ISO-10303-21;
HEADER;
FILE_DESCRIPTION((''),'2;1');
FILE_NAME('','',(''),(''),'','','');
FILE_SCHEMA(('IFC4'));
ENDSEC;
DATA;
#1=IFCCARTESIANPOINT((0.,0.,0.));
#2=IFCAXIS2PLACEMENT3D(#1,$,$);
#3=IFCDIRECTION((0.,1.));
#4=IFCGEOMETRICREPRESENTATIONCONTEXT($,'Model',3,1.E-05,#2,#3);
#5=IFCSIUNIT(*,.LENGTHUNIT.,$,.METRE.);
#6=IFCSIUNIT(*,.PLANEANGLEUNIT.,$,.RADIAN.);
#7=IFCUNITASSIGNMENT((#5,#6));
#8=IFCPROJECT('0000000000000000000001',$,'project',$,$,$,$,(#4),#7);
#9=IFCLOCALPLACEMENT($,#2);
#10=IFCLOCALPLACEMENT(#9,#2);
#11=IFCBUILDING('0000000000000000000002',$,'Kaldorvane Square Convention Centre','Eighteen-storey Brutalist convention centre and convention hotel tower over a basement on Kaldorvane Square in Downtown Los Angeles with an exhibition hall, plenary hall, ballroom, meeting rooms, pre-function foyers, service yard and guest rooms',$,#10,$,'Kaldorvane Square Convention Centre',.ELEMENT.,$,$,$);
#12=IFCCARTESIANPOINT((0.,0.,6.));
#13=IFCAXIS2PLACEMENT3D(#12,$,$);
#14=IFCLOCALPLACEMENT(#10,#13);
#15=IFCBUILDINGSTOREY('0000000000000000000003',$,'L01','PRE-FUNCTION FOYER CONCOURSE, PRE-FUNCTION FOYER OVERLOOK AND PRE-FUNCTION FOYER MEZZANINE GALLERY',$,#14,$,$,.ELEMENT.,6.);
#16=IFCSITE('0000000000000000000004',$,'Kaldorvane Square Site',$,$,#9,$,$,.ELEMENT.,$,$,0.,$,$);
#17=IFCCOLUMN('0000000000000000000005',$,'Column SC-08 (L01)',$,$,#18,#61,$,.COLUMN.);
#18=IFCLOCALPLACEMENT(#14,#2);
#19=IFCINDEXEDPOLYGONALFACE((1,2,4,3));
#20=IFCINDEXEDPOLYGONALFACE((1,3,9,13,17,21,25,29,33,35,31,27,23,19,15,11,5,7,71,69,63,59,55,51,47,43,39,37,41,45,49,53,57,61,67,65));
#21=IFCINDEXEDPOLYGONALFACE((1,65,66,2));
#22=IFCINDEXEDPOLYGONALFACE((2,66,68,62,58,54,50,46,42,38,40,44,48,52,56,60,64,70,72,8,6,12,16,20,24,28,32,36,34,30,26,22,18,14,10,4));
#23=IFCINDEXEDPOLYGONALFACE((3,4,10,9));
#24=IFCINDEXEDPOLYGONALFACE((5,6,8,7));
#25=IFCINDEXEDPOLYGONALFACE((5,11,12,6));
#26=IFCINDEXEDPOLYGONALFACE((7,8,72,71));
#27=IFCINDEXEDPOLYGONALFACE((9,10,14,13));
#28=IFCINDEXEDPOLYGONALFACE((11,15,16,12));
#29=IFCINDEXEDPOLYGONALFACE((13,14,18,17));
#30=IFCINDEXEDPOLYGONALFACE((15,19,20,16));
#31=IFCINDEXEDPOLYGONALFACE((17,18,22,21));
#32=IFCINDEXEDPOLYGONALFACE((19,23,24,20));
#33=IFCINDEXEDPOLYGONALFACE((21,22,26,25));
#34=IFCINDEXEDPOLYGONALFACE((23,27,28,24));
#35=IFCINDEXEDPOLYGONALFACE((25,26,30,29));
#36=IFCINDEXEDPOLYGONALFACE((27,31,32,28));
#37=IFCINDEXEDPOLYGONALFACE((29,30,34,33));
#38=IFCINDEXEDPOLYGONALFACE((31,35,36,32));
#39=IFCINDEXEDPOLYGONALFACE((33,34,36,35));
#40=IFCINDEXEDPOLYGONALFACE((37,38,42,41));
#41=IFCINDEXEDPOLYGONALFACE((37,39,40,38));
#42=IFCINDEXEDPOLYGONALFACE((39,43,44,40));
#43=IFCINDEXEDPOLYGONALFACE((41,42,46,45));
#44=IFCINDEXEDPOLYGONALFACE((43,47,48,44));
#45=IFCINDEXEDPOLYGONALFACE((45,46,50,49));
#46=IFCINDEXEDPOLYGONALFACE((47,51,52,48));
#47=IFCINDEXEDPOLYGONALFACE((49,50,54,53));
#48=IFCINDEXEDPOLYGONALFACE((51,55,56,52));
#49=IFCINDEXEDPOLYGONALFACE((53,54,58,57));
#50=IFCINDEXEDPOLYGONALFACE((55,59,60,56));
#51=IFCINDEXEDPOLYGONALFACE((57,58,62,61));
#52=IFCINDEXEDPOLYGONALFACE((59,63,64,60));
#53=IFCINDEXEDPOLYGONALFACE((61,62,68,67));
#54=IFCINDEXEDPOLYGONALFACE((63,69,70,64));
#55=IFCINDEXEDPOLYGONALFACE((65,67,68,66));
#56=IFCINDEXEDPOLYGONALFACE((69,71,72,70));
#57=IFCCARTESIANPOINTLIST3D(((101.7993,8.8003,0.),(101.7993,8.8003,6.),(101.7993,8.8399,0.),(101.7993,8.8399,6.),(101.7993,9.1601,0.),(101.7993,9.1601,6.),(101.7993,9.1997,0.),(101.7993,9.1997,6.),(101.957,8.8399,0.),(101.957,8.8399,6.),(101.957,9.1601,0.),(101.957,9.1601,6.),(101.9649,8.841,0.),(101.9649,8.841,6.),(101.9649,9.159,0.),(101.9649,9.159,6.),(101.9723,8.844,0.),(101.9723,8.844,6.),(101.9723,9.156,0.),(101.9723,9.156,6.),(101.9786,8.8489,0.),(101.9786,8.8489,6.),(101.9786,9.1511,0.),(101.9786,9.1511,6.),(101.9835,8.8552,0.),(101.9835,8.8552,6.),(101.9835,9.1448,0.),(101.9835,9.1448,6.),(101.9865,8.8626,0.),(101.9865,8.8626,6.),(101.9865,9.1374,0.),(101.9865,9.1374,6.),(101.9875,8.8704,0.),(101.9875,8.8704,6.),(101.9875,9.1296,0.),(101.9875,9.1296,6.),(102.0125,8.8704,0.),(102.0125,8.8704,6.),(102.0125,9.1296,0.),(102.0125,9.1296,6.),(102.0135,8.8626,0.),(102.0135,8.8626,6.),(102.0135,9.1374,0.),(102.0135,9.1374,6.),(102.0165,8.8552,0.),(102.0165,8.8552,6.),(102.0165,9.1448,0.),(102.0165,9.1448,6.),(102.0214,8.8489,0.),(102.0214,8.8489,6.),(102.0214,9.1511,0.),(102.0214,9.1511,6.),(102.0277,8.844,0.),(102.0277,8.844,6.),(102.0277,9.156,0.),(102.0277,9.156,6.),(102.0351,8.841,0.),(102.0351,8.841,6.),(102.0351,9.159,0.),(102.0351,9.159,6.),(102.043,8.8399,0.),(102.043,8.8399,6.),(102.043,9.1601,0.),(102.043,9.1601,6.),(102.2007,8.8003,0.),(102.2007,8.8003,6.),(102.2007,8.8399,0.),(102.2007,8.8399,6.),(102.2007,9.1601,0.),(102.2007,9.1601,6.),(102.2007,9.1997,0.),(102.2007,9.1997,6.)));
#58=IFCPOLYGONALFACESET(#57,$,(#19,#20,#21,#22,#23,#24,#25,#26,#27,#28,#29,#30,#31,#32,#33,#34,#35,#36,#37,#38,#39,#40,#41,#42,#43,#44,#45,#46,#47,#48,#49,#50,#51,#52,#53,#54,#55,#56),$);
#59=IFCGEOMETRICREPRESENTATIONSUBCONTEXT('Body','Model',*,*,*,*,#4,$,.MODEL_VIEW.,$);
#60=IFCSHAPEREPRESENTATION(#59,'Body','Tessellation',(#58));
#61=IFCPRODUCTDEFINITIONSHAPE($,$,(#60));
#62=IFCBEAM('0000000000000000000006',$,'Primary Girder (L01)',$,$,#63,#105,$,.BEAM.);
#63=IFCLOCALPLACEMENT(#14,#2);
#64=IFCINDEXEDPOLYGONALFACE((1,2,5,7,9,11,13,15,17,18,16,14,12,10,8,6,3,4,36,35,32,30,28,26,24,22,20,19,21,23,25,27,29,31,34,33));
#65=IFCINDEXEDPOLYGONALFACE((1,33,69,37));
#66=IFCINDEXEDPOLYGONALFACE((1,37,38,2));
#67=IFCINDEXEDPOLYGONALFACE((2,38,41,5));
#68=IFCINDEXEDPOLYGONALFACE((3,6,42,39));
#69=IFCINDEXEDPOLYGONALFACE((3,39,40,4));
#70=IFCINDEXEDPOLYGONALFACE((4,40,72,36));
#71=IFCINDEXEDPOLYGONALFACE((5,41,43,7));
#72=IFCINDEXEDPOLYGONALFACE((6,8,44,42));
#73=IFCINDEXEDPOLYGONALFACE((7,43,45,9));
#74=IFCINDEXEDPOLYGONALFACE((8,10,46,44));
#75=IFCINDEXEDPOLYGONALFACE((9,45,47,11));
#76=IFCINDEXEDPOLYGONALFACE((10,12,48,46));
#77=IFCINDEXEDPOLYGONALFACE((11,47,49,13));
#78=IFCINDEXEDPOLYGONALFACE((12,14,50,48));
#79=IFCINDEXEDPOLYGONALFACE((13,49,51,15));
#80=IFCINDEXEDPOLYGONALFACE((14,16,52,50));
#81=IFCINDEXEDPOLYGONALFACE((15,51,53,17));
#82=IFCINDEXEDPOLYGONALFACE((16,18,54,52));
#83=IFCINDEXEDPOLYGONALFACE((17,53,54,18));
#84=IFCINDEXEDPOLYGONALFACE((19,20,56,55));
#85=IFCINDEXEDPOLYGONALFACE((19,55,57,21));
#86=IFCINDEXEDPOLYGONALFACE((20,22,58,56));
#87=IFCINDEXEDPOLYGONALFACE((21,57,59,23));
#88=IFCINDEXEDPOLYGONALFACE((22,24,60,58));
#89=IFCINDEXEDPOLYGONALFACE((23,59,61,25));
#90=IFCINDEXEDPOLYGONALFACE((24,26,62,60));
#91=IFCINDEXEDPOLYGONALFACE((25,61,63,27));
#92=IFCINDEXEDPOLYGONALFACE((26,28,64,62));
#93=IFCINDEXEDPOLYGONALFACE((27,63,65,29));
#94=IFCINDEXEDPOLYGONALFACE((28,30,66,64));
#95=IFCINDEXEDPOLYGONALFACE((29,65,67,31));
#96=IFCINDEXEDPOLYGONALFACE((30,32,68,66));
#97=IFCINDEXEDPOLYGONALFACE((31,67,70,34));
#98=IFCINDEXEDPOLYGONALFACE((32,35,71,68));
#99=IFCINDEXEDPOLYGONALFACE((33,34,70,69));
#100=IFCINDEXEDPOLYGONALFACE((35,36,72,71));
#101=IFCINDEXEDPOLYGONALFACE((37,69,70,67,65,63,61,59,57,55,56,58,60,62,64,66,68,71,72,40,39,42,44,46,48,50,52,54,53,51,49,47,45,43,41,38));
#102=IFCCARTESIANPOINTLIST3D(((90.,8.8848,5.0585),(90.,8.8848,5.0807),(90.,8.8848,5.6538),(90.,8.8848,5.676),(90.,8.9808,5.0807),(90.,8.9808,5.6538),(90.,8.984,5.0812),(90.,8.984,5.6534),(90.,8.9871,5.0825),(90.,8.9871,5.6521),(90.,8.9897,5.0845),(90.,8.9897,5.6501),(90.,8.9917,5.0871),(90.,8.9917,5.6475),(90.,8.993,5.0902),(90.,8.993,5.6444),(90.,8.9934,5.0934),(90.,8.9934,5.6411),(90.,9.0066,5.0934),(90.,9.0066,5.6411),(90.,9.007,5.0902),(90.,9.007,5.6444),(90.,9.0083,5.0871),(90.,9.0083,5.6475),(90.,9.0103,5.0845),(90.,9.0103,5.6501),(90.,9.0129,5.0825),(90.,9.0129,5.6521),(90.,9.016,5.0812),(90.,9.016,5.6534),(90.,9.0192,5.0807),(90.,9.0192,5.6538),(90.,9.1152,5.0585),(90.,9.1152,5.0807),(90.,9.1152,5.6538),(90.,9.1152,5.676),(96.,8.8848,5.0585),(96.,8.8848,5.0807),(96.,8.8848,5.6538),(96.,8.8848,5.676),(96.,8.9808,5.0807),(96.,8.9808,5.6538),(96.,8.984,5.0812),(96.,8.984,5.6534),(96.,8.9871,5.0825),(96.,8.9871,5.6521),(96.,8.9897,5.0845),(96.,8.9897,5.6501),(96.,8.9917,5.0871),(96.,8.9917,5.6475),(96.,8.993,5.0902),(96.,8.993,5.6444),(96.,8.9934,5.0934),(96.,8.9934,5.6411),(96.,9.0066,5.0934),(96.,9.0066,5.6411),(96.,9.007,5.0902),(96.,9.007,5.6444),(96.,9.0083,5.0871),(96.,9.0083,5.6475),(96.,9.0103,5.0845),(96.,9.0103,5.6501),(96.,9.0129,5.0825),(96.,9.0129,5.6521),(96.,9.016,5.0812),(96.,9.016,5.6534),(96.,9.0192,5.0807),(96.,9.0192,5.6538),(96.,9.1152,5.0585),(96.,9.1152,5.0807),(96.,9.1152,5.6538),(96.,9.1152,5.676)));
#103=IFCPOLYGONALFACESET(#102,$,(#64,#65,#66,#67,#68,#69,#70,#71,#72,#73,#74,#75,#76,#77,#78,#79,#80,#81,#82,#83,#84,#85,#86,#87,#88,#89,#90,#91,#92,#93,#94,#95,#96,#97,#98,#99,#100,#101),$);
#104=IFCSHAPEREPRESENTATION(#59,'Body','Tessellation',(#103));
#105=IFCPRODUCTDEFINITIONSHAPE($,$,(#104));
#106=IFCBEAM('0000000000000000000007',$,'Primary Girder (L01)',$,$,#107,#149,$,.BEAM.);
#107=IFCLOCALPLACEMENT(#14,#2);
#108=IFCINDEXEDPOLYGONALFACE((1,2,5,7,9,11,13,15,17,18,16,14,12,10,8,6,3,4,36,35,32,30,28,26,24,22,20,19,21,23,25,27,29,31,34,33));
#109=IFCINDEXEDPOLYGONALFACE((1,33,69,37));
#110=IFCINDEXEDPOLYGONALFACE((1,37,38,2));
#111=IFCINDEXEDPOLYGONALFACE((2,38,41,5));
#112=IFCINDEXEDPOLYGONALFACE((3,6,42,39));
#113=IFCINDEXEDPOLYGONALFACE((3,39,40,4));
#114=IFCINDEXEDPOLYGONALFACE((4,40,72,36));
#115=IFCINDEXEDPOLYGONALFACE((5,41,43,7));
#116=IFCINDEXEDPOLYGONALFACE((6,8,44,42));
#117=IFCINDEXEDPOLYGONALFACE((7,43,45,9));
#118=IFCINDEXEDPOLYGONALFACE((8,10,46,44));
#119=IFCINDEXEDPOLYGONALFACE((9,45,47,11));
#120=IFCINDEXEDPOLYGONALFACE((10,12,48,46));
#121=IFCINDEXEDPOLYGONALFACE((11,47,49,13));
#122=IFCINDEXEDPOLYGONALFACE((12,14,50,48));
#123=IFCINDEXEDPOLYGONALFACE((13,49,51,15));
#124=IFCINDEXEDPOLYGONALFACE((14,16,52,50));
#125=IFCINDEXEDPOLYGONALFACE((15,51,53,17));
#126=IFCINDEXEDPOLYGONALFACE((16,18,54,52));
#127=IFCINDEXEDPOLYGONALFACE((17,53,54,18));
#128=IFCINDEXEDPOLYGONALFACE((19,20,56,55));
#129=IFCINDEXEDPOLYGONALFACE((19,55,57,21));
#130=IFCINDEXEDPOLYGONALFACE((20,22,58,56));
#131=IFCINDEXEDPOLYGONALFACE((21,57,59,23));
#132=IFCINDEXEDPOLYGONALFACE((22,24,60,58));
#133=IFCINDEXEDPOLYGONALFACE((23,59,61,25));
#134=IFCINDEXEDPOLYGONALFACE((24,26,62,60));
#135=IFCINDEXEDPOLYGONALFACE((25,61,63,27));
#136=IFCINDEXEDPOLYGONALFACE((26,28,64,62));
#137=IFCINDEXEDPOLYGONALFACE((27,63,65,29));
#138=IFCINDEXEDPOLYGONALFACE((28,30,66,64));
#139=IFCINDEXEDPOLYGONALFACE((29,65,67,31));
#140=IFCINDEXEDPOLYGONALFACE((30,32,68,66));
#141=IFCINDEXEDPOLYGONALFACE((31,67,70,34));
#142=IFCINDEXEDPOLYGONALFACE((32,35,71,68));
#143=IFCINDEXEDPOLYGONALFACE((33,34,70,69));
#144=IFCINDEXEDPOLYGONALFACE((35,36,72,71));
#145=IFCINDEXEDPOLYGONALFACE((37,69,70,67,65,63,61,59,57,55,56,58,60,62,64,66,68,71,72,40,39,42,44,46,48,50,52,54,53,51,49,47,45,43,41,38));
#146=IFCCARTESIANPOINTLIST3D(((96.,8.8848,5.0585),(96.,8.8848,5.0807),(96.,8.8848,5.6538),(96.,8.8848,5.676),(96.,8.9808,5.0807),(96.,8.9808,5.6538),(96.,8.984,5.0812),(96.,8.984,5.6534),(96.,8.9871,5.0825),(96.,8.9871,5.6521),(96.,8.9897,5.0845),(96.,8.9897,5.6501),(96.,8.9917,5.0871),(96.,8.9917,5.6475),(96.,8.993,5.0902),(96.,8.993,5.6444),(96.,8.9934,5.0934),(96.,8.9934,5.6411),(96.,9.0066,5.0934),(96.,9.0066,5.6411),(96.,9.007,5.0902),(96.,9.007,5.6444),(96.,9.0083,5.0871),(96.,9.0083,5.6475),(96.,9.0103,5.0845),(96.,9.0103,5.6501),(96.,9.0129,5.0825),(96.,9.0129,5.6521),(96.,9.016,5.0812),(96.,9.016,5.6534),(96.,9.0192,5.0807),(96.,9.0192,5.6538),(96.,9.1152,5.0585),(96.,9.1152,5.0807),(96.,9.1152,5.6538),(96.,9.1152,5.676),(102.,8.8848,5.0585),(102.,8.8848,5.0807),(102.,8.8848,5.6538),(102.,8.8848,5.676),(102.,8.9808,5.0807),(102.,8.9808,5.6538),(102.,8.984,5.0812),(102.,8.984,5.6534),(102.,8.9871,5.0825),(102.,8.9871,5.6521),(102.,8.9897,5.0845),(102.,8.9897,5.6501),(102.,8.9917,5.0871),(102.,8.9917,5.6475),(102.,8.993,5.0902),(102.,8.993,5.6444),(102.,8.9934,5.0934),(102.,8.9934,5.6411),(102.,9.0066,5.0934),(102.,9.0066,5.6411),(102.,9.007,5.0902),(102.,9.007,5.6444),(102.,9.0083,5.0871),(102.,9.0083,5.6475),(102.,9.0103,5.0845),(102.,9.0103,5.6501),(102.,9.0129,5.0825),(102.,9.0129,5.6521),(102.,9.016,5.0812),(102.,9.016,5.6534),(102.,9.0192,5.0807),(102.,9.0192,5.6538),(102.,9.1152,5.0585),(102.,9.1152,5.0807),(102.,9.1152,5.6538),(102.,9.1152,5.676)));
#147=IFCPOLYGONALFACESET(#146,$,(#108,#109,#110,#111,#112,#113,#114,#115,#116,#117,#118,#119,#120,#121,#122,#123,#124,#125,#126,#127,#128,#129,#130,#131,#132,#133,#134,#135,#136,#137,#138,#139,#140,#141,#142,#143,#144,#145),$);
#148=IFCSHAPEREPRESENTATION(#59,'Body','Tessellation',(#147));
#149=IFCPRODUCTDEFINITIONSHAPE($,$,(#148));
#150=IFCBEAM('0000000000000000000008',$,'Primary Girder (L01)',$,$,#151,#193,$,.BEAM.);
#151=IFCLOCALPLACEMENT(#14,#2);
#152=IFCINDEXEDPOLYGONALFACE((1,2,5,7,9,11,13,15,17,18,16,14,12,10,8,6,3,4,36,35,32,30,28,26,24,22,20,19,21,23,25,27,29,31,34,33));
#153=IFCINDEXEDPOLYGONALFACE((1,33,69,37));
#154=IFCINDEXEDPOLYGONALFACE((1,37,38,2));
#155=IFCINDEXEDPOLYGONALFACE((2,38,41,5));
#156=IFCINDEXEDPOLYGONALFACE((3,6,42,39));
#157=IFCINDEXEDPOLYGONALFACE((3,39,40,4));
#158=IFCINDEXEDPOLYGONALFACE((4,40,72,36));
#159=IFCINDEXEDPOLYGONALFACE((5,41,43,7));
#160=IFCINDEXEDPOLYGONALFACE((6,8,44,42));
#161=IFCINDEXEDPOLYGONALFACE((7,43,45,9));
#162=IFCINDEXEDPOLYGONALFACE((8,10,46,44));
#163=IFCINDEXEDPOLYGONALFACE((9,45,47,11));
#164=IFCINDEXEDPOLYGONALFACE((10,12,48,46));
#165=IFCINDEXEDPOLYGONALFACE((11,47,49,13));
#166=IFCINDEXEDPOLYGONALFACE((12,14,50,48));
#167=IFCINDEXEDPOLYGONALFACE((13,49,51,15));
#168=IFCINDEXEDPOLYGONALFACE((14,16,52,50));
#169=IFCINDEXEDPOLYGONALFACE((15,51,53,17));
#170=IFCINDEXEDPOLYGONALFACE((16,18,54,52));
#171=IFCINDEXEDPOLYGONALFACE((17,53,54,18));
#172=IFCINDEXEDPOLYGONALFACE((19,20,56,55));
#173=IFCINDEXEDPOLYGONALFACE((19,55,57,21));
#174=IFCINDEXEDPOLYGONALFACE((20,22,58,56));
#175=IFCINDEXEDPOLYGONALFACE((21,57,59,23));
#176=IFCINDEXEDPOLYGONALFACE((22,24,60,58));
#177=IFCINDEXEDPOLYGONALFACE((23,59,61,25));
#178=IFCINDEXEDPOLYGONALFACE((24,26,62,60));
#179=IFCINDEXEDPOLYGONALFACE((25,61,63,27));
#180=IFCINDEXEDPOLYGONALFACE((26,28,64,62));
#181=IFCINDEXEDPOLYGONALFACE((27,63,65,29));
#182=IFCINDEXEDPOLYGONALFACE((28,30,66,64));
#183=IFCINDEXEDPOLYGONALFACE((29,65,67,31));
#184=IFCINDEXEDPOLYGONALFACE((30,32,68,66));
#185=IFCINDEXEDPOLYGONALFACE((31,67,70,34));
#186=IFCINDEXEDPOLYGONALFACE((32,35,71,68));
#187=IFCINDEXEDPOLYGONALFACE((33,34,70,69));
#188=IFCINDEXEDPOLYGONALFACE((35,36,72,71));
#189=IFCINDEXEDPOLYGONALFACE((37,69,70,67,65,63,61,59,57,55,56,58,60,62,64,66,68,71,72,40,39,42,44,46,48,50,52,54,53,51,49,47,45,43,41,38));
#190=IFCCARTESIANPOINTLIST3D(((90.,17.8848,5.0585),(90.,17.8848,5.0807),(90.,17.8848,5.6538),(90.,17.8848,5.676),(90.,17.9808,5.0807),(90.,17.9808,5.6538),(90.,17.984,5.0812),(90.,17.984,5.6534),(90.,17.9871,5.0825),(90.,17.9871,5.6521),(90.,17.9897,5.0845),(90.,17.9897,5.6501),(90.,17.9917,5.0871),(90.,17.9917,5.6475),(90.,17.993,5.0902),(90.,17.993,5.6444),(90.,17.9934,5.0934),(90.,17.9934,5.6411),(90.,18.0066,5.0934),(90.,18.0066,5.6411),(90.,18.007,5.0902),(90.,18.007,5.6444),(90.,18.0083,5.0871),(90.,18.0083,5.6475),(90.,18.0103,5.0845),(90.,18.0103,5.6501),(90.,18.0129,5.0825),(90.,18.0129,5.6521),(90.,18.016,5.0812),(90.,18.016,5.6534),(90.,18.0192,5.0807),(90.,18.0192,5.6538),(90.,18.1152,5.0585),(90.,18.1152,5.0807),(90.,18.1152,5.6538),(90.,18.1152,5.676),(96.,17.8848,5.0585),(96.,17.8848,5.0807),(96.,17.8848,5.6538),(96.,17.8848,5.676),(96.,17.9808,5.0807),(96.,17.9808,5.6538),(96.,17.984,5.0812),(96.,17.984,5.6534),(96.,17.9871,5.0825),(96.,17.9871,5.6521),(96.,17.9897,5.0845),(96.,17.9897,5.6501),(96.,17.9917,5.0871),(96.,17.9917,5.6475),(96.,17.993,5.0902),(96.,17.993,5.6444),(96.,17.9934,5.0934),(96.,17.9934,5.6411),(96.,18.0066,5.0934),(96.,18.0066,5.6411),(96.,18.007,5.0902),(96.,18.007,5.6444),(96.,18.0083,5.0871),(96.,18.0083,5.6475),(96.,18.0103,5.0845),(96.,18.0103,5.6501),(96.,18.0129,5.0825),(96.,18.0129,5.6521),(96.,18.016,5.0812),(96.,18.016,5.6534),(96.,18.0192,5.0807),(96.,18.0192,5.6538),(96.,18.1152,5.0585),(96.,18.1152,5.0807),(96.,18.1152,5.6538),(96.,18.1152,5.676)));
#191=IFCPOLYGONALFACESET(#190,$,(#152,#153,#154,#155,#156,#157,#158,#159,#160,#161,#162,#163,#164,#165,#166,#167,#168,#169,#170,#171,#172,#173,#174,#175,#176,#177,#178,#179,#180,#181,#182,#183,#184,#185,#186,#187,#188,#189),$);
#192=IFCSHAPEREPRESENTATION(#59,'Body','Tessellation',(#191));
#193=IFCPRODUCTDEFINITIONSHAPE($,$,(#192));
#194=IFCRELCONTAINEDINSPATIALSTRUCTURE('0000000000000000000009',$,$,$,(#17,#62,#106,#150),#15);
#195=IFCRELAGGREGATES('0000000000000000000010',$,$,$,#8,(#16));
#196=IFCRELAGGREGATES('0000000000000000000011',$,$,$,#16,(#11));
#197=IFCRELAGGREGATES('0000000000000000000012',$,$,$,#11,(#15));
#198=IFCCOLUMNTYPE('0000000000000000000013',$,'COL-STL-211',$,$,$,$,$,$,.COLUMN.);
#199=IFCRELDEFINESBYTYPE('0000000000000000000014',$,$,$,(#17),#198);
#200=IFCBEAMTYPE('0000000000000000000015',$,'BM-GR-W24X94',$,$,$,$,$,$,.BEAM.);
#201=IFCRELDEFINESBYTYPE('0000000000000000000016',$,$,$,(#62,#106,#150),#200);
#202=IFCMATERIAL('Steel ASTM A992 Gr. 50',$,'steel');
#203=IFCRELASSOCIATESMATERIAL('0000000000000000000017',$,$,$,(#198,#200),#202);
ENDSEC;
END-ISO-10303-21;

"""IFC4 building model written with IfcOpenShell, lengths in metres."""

from ifc_helpers import new_model, si_unit, direction, frame, origin, origin_2d, place, context, subcontext, project, spatial, i_section, extrude, material, material_profile, profile_set, type_object, element, save


model = new_model("IFC4")

# Units and contexts
model_context = context("Model", 3, precision=1e-05, world=origin(), true_north=direction((0.0, 1.0)))
body_context = subcontext(model_context, "Body", "Model", "MODEL_VIEW")
ifc_project = project(units=[si_unit("LENGTHUNIT", "METRE"), si_unit("PLANEANGLEUNIT", "RADIAN")], contexts=[model_context])

# Site, building, storey
site_placement = place(None, origin())
site = spatial("IfcSite", under=ifc_project, at=site_placement, Name="Kaldorvane Square Site", CompositionType="ELEMENT", RefElevation=0.0)
building_placement = place(site_placement, origin())
building = spatial("IfcBuilding", under=site, at=building_placement, Name="Kaldorvane Square Convention Centre", Description="Eighteen-storey Brutalist convention centre and convention hotel tower over a basement on Kaldorvane Square in Downtown Los Angeles with an exhibition hall, plenary hall, ballroom, meeting rooms, pre-function foyers, service yard and guest rooms", LongName="Kaldorvane Square Convention Centre", CompositionType="ELEMENT")
storey_placement = place(building_placement, frame((0.0, 0.0, 6.0)))
storey = spatial("IfcBuildingStorey", under=building, at=storey_placement, Name="L01", Description="PRE-FUNCTION FOYER CONCOURSE, PRE-FUNCTION FOYER OVERLOOK AND PRE-FUNCTION FOYER MEZZANINE GALLERY", CompositionType="ELEMENT", Elevation=6.0)

# Column
ifc_material_1 = material(Name="Steel ASTM A992 Gr. 50", Category="steel")
ifc_material_profile_1 = material_profile(ifc_material_1, i_section(OverallWidth=0.4013, OverallDepth=0.3993, WebThickness=0.0249, FlangeThickness=0.0396, FilletRadius=0.0305, at=origin_2d()), Name="W14X211")
ifc_profile_set_1 = profile_set([ifc_material_profile_1], Name="Steel ASTM A992 Gr. 50")
column_type_1 = type_object("IfcColumnType", Name="COL-STL-211", PredefinedType="COLUMN", material=ifc_profile_set_1)
for number, where, z_axis, x_axis, name in (
    (1, (102.0, 9.0, 0.0), (0.0, 0.0, 1.0), (1.0, 0.0, 0.0), "Column SC-08 (L01)"),
):
    element("IfcColumn", number, at=place(storey_placement, frame(where, z_axis=z_axis, x_axis=x_axis)), inside=storey, type_object=column_type_1, Name=name, PredefinedType="COLUMN", context=body_context, shape_type="SweptSolid", body=[
        extrude(i_section(OverallWidth=0.4013, OverallDepth=0.3993, WebThickness=0.0249, FlangeThickness=0.0396, FilletRadius=0.0305, at=origin_2d()), origin(), (0.0, 0.0, 1.0), 6.0),
    ])

# Beams
ifc_material_profile_2 = material_profile(ifc_material_1, i_section(OverallWidth=0.2303, OverallDepth=0.6175, WebThickness=0.0131, FlangeThickness=0.0222, FilletRadius=0.0127, at=origin_2d()), Name="W24X94")
ifc_profile_set_2 = profile_set([ifc_material_profile_2], Name="Steel ASTM A992 Gr. 50")
beam_type_1 = type_object("IfcBeamType", Name="BM-GR-W24X94", PredefinedType="BEAM", material=ifc_profile_set_2)
for number, where, z_axis, x_axis, name in (
    (2, (90.0, 9.0, 5.3673), (1.0, 0.0, 0.0), (0.0, 1.0, 0.0), "Primary Girder (L01)"),
    (3, (96.0, 9.0, 5.3673), (1.0, 0.0, 0.0), (0.0, 1.0, 0.0), "Primary Girder (L01)"),
    (4, (90.0, 18.0, 5.3673), (1.0, 0.0, 0.0), (0.0, 1.0, 0.0), "Primary Girder (L01)"),
):
    element("IfcBeam", number, at=place(storey_placement, frame(where, z_axis=z_axis, x_axis=x_axis)), inside=storey, type_object=beam_type_1, Name=name, PredefinedType="BEAM", context=body_context, shape_type="SweptSolid", body=[
        extrude(i_section(OverallWidth=0.2303, OverallDepth=0.6175, WebThickness=0.0131, FlangeThickness=0.0222, FilletRadius=0.0127, at=origin_2d()), origin(), (0.0, 0.0, 1.0), 6.0),
    ])

save(model, "model.ifc")
